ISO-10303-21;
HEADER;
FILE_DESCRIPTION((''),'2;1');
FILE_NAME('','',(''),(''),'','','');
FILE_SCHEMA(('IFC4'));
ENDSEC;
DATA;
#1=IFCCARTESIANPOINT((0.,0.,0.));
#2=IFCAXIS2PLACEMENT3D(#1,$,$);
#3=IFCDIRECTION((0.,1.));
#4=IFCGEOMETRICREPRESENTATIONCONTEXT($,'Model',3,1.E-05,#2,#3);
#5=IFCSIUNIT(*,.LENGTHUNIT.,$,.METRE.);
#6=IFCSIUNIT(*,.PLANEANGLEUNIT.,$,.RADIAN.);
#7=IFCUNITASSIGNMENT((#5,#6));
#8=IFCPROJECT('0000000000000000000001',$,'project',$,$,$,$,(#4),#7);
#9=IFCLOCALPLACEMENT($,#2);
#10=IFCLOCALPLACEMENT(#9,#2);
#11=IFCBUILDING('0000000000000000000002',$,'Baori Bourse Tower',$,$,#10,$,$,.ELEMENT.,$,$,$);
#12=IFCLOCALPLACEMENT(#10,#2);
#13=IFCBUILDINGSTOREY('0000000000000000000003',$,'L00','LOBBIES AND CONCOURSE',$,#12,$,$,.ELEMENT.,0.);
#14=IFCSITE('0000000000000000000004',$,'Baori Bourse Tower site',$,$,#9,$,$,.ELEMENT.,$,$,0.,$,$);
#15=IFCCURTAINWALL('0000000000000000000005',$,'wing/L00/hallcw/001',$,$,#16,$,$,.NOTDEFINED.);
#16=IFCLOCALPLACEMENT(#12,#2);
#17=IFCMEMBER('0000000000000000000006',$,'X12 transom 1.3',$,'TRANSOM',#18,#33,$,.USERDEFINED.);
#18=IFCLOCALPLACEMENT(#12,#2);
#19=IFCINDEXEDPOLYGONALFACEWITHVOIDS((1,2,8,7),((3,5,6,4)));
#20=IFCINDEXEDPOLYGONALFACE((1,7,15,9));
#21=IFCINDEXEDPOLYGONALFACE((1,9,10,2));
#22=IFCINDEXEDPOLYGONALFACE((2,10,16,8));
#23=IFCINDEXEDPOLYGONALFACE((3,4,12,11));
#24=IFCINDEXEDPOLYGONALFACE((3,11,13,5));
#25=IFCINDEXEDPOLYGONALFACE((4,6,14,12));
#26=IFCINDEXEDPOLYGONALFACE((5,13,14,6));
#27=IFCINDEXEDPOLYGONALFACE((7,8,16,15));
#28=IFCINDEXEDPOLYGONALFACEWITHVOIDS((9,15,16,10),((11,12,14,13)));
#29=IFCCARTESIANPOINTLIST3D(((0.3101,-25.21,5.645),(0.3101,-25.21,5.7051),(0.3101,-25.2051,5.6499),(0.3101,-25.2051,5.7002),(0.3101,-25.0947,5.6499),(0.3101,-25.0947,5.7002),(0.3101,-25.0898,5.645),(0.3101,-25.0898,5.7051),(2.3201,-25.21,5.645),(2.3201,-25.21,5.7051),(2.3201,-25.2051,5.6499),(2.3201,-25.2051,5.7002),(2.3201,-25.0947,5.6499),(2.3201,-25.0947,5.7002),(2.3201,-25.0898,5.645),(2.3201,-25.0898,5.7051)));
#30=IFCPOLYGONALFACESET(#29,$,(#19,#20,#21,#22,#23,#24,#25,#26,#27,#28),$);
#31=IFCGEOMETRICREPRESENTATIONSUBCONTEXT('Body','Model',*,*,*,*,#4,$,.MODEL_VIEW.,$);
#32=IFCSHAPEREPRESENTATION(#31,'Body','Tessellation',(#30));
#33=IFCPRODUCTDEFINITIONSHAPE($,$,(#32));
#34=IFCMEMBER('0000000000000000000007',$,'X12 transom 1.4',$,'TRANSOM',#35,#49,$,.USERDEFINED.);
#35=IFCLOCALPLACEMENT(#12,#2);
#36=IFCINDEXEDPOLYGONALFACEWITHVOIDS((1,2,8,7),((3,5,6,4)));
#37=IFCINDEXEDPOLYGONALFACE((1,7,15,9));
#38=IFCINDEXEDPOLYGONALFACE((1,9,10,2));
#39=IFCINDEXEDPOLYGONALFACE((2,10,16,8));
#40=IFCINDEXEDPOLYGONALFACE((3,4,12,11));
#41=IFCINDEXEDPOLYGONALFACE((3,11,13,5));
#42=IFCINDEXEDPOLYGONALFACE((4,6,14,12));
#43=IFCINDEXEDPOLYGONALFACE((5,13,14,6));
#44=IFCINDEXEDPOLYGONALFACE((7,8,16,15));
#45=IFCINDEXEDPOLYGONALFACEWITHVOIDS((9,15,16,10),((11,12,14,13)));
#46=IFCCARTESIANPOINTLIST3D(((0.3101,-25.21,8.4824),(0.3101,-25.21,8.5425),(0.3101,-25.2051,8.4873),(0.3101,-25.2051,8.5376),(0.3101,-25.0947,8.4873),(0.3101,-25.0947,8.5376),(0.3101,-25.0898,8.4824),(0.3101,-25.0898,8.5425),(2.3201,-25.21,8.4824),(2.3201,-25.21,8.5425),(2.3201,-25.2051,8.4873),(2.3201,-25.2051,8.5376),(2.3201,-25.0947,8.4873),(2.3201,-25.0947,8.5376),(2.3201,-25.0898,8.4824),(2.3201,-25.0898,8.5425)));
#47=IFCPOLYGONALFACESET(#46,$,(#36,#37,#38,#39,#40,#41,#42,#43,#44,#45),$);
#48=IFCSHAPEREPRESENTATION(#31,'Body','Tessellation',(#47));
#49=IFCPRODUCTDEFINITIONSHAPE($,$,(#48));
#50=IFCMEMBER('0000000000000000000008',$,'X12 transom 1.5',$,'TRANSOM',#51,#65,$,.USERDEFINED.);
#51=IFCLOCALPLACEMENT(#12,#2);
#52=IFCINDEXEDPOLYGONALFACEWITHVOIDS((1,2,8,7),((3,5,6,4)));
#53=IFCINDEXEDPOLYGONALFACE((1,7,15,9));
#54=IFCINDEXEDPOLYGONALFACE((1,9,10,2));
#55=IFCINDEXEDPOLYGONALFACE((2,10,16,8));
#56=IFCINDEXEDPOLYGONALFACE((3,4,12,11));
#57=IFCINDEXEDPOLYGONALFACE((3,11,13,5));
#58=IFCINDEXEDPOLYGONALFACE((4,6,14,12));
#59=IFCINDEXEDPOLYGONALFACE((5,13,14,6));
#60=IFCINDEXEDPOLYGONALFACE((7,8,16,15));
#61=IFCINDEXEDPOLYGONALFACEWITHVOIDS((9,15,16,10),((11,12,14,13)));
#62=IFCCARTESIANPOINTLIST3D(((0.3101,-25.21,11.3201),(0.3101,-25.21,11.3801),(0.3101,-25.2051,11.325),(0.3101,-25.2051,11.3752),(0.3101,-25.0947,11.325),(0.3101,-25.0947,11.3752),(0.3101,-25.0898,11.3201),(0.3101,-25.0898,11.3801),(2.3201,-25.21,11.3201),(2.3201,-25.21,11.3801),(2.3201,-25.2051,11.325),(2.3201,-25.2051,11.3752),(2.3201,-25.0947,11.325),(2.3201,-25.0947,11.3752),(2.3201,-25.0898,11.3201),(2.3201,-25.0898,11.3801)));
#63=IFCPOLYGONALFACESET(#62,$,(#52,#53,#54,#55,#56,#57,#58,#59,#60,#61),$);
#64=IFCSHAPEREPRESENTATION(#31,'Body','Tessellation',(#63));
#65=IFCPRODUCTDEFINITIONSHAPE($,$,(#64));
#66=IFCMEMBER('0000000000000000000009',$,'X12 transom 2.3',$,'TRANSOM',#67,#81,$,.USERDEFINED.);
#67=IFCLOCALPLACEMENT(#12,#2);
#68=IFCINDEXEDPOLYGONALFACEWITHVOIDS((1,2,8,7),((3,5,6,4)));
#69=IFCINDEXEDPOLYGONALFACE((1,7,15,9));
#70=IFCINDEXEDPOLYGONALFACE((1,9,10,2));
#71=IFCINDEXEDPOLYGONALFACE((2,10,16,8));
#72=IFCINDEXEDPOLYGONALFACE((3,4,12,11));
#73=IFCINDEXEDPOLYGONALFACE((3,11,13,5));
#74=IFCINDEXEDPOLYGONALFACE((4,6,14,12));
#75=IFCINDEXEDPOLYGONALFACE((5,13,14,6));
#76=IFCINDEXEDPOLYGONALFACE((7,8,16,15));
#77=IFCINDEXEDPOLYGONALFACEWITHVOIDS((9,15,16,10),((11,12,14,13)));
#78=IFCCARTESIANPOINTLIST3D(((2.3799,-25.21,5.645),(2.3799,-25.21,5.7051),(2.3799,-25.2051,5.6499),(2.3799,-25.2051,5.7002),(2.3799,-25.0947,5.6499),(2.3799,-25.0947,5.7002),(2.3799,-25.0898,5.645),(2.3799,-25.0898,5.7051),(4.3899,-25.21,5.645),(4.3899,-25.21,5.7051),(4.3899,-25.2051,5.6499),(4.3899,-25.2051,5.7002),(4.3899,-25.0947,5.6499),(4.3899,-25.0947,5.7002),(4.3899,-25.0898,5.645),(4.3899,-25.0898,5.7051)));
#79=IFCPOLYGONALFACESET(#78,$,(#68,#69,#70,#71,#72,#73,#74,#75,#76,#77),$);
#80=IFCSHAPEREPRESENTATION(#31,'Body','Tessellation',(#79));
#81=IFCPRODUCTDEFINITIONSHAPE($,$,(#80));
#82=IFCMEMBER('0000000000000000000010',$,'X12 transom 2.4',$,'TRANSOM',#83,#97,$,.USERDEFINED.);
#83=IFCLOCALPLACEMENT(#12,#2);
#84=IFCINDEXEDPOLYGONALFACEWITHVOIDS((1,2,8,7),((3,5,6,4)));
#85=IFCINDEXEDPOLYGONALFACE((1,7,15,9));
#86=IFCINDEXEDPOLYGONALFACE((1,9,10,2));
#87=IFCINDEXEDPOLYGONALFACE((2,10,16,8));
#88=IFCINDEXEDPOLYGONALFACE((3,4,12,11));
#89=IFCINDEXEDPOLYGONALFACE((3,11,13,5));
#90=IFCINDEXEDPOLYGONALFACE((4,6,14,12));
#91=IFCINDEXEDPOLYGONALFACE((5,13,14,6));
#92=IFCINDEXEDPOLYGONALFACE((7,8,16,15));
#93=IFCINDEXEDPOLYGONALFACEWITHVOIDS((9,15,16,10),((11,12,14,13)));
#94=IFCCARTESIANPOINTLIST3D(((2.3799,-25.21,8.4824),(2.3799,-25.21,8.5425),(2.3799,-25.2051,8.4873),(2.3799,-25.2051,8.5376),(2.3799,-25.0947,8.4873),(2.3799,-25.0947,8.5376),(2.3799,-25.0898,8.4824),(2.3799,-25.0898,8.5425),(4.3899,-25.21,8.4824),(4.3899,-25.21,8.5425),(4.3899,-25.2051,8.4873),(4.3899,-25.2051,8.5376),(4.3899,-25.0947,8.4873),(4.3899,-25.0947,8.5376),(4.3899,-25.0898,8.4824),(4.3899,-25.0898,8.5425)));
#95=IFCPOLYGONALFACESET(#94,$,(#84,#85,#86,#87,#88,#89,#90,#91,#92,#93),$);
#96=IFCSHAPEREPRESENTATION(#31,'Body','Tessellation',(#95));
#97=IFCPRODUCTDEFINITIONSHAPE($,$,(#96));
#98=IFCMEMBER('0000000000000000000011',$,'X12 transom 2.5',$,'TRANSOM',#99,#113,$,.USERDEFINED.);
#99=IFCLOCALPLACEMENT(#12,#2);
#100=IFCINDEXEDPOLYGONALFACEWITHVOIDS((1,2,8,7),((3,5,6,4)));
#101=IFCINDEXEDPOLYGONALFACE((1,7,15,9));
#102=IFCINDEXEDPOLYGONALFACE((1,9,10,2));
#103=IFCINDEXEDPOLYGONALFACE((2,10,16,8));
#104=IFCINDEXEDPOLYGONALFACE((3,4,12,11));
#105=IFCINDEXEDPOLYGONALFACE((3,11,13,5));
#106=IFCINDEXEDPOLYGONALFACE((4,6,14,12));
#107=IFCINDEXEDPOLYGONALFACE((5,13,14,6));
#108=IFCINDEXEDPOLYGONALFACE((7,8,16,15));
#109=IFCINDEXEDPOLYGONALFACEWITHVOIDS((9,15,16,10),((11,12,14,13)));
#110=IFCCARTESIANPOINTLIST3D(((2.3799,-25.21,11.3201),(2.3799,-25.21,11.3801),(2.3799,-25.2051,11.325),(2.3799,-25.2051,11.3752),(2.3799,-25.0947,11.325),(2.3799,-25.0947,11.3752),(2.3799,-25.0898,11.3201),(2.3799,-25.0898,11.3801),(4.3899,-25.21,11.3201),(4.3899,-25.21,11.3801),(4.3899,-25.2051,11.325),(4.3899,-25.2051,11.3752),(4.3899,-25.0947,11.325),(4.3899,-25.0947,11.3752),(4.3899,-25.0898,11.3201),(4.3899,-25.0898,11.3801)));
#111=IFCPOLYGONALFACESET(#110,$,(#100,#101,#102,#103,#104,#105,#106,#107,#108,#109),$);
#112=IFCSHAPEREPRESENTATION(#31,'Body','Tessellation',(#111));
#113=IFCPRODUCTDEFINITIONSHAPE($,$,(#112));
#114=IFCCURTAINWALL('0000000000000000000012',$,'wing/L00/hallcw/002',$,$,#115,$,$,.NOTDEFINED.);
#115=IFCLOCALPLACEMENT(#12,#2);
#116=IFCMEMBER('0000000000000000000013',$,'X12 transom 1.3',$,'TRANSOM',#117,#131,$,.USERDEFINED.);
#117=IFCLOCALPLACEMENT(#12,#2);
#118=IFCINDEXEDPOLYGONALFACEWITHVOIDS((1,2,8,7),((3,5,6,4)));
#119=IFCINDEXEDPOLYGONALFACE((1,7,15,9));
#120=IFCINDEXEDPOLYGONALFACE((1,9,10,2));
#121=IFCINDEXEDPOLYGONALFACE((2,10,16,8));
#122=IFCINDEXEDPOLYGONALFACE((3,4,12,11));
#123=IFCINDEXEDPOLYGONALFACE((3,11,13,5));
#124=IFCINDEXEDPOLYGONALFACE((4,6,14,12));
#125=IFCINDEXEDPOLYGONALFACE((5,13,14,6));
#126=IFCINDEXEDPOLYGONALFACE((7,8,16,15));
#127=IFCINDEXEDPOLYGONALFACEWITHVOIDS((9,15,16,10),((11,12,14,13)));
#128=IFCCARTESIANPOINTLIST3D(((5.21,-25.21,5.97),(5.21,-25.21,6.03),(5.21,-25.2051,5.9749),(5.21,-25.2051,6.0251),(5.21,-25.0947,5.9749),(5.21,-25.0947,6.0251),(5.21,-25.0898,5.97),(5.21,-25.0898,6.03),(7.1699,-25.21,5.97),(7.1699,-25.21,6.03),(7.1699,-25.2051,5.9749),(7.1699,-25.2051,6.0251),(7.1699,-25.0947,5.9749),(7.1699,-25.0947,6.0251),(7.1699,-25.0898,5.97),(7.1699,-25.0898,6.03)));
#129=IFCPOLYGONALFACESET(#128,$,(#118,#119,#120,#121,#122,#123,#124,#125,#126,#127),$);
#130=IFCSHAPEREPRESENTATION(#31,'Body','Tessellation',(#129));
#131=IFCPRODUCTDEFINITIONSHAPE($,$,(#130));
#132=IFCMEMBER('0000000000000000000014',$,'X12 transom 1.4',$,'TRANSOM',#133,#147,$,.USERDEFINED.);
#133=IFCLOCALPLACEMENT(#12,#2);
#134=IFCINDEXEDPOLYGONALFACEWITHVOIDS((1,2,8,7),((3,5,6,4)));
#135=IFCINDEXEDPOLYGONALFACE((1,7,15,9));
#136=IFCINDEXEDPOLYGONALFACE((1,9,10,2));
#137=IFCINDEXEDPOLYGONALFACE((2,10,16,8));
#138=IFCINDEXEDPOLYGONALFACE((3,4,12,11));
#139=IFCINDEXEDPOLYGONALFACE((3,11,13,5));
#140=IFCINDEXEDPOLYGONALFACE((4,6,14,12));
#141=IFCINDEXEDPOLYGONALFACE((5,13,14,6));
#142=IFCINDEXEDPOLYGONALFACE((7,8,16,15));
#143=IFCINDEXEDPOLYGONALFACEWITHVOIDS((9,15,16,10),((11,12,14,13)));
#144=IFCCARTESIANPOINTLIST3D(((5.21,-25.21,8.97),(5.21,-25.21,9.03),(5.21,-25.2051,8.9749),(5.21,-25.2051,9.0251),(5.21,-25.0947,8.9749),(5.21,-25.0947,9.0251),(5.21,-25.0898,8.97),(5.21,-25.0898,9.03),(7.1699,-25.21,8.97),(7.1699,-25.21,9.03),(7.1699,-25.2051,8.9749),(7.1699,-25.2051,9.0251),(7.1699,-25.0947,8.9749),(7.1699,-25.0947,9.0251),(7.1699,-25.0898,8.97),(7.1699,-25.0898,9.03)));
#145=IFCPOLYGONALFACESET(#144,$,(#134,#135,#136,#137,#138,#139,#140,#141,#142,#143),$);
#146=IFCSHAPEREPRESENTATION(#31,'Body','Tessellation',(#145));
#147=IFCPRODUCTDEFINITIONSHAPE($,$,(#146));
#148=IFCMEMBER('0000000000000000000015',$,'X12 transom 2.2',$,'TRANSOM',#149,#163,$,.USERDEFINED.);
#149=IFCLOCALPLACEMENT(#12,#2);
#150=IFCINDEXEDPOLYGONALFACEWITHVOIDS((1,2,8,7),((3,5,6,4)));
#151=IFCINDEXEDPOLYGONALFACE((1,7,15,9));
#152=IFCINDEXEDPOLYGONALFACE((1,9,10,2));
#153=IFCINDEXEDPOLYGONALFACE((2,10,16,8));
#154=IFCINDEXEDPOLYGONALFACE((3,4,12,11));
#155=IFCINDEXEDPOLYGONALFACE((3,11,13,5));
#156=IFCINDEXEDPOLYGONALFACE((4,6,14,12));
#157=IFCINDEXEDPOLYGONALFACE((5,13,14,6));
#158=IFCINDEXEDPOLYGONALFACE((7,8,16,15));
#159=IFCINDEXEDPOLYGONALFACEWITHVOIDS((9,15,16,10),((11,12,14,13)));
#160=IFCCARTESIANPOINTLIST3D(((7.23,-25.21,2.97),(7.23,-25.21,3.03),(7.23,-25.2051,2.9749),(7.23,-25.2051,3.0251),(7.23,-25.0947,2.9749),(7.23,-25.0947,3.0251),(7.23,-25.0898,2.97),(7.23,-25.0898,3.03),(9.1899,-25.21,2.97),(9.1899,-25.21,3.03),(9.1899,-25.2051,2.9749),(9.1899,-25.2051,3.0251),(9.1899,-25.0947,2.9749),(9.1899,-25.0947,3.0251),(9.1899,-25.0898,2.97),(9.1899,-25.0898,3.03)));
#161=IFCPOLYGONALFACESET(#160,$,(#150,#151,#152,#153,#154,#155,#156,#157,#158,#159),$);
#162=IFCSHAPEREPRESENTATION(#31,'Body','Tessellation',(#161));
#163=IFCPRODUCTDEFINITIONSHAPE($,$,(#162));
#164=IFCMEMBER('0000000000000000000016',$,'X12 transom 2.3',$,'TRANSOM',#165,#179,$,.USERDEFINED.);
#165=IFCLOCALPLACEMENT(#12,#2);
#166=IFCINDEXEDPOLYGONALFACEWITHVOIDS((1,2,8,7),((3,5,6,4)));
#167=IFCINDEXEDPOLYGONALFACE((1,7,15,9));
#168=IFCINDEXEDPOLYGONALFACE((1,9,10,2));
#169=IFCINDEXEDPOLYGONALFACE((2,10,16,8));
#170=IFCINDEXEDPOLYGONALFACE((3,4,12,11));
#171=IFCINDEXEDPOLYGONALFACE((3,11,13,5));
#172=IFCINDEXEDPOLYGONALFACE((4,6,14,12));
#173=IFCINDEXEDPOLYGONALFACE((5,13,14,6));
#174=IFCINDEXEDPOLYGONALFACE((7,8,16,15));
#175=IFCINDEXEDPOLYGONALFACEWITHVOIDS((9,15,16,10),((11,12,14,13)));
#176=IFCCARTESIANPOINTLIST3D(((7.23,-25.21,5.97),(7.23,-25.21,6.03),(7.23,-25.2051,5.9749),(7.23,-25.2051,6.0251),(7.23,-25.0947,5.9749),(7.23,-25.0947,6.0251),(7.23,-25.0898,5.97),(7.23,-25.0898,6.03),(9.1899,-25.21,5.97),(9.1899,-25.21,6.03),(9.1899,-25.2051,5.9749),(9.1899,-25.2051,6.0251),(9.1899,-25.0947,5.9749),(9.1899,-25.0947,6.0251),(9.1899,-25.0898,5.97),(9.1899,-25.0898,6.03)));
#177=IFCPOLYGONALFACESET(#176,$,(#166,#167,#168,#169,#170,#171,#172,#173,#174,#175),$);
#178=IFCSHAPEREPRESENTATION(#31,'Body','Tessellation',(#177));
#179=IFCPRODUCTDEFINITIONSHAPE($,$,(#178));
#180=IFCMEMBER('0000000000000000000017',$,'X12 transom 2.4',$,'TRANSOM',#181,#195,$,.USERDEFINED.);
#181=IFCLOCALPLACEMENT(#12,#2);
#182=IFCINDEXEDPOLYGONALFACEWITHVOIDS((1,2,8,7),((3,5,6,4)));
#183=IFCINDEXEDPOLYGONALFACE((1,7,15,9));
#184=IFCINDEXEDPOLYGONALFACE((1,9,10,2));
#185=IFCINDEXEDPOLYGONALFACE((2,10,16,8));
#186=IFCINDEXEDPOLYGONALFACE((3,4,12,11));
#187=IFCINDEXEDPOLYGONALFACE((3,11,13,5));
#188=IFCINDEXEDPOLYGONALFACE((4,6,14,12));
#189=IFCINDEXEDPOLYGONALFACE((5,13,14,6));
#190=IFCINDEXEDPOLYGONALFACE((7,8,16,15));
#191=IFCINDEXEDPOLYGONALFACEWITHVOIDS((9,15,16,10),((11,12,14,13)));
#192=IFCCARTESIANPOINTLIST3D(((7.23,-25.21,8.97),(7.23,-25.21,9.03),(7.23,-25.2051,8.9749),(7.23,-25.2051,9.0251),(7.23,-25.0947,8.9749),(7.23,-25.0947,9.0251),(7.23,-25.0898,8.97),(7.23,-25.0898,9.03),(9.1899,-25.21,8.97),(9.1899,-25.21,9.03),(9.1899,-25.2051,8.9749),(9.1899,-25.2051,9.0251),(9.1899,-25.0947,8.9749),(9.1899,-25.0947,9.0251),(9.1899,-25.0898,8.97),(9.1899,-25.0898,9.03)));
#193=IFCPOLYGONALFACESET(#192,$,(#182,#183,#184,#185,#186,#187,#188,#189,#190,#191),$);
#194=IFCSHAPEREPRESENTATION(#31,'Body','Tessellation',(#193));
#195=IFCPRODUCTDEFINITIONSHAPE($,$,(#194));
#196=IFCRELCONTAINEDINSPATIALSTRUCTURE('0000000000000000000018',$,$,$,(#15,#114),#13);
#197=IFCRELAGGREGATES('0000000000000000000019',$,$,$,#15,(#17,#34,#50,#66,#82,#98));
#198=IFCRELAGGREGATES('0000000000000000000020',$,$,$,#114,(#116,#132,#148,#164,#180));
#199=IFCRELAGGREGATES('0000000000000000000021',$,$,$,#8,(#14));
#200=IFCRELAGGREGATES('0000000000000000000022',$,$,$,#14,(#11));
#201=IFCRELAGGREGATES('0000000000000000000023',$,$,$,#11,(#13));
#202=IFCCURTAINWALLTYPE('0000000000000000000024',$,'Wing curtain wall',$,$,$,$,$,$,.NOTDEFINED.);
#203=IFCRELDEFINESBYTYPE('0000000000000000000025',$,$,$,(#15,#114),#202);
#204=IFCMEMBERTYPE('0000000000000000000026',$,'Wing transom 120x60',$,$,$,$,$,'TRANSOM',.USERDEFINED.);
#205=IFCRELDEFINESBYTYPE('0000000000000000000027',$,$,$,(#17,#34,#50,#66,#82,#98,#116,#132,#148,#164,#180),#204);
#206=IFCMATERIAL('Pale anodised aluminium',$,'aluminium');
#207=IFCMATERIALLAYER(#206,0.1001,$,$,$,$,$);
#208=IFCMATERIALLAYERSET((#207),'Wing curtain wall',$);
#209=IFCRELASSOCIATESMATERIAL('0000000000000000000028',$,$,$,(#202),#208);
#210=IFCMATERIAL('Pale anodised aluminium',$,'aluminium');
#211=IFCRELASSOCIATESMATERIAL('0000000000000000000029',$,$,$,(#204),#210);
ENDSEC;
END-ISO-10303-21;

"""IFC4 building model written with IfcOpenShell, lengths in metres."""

from ifc_helpers import new_model, si_unit, direction, frame, origin, origin_2d, place, context, subcontext, project, spatial, hollow_rectangle, extrude, material, layer, layer_set, material_profile, profile_set, type_object, element, aggregate, save


model = new_model("IFC4")

# Units and contexts
model_context = context("Model", 3, precision=1e-05, world=origin(), true_north=direction((0.0, 1.0)))
body_context = subcontext(model_context, "Body", "Model", "MODEL_VIEW")
ifc_project = project(units=[si_unit("LENGTHUNIT", "METRE"), si_unit("PLANEANGLEUNIT", "RADIAN")], contexts=[model_context])

# Site, building, storey
site_placement = place(None, origin())
site = spatial("IfcSite", under=ifc_project, at=site_placement, Name="Baori Bourse Tower site", CompositionType="ELEMENT", RefElevation=0.0)
building_placement = place(site_placement, origin())
building = spatial("IfcBuilding", under=site, at=building_placement, Name="Baori Bourse Tower", CompositionType="ELEMENT")
storey_placement = place(building_placement, origin())
storey = spatial("IfcBuildingStorey", under=building, at=storey_placement, Name="L00", Description="LOBBIES AND CONCOURSE", CompositionType="ELEMENT", Elevation=0.0)

# Curtain walls, members
ifc_material_1 = material(Name="Pale anodised aluminium", Category="aluminium")
ifc_layer_1 = layer(ifc_material_1, 0.1001)
ifc_layer_set_1 = layer_set([ifc_layer_1], Name="Wing curtain wall")
curtain_wall_type = type_object("IfcCurtainWallType", Name="Wing curtain wall", PredefinedType="NOTDEFINED", material=ifc_layer_set_1)
curtain_wall_1_placement = place(storey_placement, origin())
curtain_wall_1 = element("IfcCurtainWall", 1, at=curtain_wall_1_placement, inside=storey, type_object=curtain_wall_type, Name="wing/L00/hallcw/001", PredefinedType="NOTDEFINED")
ifc_material_2 = material(Name="Pale anodised aluminium", Category="aluminium")
ifc_material_profile = material_profile(ifc_material_2, hollow_rectangle(XDim=0.1201, YDim=0.0601, WallThickness=0.0049, at=origin_2d()), Name="Transom 120x60x5")
ifc_profile_set = profile_set([ifc_material_profile], Name="Pale anodised aluminium")
member_type = type_object("IfcMemberType", Name="Wing transom 120x60", ElementType="TRANSOM", PredefinedType="USERDEFINED", material=ifc_profile_set)
member_1_placement = place(storey_placement, frame((0.3101, -25.1499, 5.675), z_axis=(1.0, 0.0, 0.0), x_axis=(0.0, 1.0, 0.0)))
member_1 = element("IfcMember", 2, at=member_1_placement, type_object=member_type, Name="X12 transom 1.3", ObjectType="TRANSOM", PredefinedType="USERDEFINED", context=body_context, shape_type="SweptSolid", body=[
    extrude(hollow_rectangle(XDim=0.1201, YDim=0.0601, WallThickness=0.0049, at=origin_2d()), origin(), (0.0, 0.0, 1.0), 2.01),
])
member_2_placement = place(storey_placement, frame((0.3101, -25.1499, 8.5125), z_axis=(1.0, 0.0, 0.0), x_axis=(0.0, 1.0, 0.0)))
member_2 = element("IfcMember", 3, at=member_2_placement, type_object=member_type, Name="X12 transom 1.4", ObjectType="TRANSOM", PredefinedType="USERDEFINED", context=body_context, shape_type="SweptSolid", body=[
    extrude(hollow_rectangle(XDim=0.1201, YDim=0.0601, WallThickness=0.0049, at=origin_2d()), origin(), (0.0, 0.0, 1.0), 2.01),
])
member_3_placement = place(storey_placement, frame((0.3101, -25.1499, 11.3501), z_axis=(1.0, 0.0, 0.0), x_axis=(0.0, 1.0, 0.0)))
member_3 = element("IfcMember", 4, at=member_3_placement, type_object=member_type, Name="X12 transom 1.5", ObjectType="TRANSOM", PredefinedType="USERDEFINED", context=body_context, shape_type="SweptSolid", body=[
    extrude(hollow_rectangle(XDim=0.1201, YDim=0.0601, WallThickness=0.0049, at=origin_2d()), origin(), (0.0, 0.0, 1.0), 2.01),
])
member_4_placement = place(storey_placement, frame((2.3799, -25.1499, 5.675), z_axis=(1.0, 0.0, 0.0), x_axis=(0.0, 1.0, 0.0)))
member_4 = element("IfcMember", 5, at=member_4_placement, type_object=member_type, Name="X12 transom 2.3", ObjectType="TRANSOM", PredefinedType="USERDEFINED", context=body_context, shape_type="SweptSolid", body=[
    extrude(hollow_rectangle(XDim=0.1201, YDim=0.0601, WallThickness=0.0049, at=origin_2d()), origin(), (0.0, 0.0, 1.0), 2.01),
])
member_5_placement = place(storey_placement, frame((2.3799, -25.1499, 8.5125), z_axis=(1.0, 0.0, 0.0), x_axis=(0.0, 1.0, 0.0)))
member_5 = element("IfcMember", 6, at=member_5_placement, type_object=member_type, Name="X12 transom 2.4", ObjectType="TRANSOM", PredefinedType="USERDEFINED", context=body_context, shape_type="SweptSolid", body=[
    extrude(hollow_rectangle(XDim=0.1201, YDim=0.0601, WallThickness=0.0049, at=origin_2d()), origin(), (0.0, 0.0, 1.0), 2.01),
])
member_6_placement = place(storey_placement, frame((2.3799, -25.1499, 11.3501), z_axis=(1.0, 0.0, 0.0), x_axis=(0.0, 1.0, 0.0)))
member_6 = element("IfcMember", 7, at=member_6_placement, type_object=member_type, Name="X12 transom 2.5", ObjectType="TRANSOM", PredefinedType="USERDEFINED", context=body_context, shape_type="SweptSolid", body=[
    extrude(hollow_rectangle(XDim=0.1201, YDim=0.0601, WallThickness=0.0049, at=origin_2d()), origin(), (0.0, 0.0, 1.0), 2.01),
])
curtain_wall_2_placement = place(storey_placement, origin())
curtain_wall_2 = element("IfcCurtainWall", 8, at=curtain_wall_2_placement, inside=storey, type_object=curtain_wall_type, Name="wing/L00/hallcw/002", PredefinedType="NOTDEFINED")
member_7_placement = place(storey_placement, frame((5.21, -25.1499, 6.0), z_axis=(1.0, 0.0, 0.0), x_axis=(0.0, 1.0, 0.0)))
member_7 = element("IfcMember", 9, at=member_7_placement, type_object=member_type, Name="X12 transom 1.3", ObjectType="TRANSOM", PredefinedType="USERDEFINED", context=body_context, shape_type="SweptSolid", body=[
    extrude(hollow_rectangle(XDim=0.1201, YDim=0.0601, WallThickness=0.0049, at=origin_2d()), origin(), (0.0, 0.0, 1.0), 1.96),
])
member_8_placement = place(storey_placement, frame((5.21, -25.1499, 9.0), z_axis=(1.0, 0.0, 0.0), x_axis=(0.0, 1.0, 0.0)))
member_8 = element("IfcMember", 10, at=member_8_placement, type_object=member_type, Name="X12 transom 1.4", ObjectType="TRANSOM", PredefinedType="USERDEFINED", context=body_context, shape_type="SweptSolid", body=[
    extrude(hollow_rectangle(XDim=0.1201, YDim=0.0601, WallThickness=0.0049, at=origin_2d()), origin(), (0.0, 0.0, 1.0), 1.96),
])
member_9_placement = place(storey_placement, frame((7.23, -25.1499, 3.0), z_axis=(1.0, 0.0, 0.0), x_axis=(0.0, 1.0, 0.0)))
member_9 = element("IfcMember", 11, at=member_9_placement, type_object=member_type, Name="X12 transom 2.2", ObjectType="TRANSOM", PredefinedType="USERDEFINED", context=body_context, shape_type="SweptSolid", body=[
    extrude(hollow_rectangle(XDim=0.1201, YDim=0.0601, WallThickness=0.0049, at=origin_2d()), origin(), (0.0, 0.0, 1.0), 1.96),
])
member_10_placement = place(storey_placement, frame((7.23, -25.1499, 6.0), z_axis=(1.0, 0.0, 0.0), x_axis=(0.0, 1.0, 0.0)))
member_10 = element("IfcMember", 12, at=member_10_placement, type_object=member_type, Name="X12 transom 2.3", ObjectType="TRANSOM", PredefinedType="USERDEFINED", context=body_context, shape_type="SweptSolid", body=[
    extrude(hollow_rectangle(XDim=0.1201, YDim=0.0601, WallThickness=0.0049, at=origin_2d()), origin(), (0.0, 0.0, 1.0), 1.96),
])
member_11_placement = place(storey_placement, frame((7.23, -25.1499, 9.0), z_axis=(1.0, 0.0, 0.0), x_axis=(0.0, 1.0, 0.0)))
member_11 = element("IfcMember", 13, at=member_11_placement, type_object=member_type, Name="X12 transom 2.4", ObjectType="TRANSOM", PredefinedType="USERDEFINED", context=body_context, shape_type="SweptSolid", body=[
    extrude(hollow_rectangle(XDim=0.1201, YDim=0.0601, WallThickness=0.0049, at=origin_2d()), origin(), (0.0, 0.0, 1.0), 1.96),
])

aggregate(curtain_wall_1, [member_1, member_2, member_3, member_4, member_5, member_6])
aggregate(curtain_wall_2, [member_7, member_8, member_9, member_10, member_11])

save(model, "model.ifc")
